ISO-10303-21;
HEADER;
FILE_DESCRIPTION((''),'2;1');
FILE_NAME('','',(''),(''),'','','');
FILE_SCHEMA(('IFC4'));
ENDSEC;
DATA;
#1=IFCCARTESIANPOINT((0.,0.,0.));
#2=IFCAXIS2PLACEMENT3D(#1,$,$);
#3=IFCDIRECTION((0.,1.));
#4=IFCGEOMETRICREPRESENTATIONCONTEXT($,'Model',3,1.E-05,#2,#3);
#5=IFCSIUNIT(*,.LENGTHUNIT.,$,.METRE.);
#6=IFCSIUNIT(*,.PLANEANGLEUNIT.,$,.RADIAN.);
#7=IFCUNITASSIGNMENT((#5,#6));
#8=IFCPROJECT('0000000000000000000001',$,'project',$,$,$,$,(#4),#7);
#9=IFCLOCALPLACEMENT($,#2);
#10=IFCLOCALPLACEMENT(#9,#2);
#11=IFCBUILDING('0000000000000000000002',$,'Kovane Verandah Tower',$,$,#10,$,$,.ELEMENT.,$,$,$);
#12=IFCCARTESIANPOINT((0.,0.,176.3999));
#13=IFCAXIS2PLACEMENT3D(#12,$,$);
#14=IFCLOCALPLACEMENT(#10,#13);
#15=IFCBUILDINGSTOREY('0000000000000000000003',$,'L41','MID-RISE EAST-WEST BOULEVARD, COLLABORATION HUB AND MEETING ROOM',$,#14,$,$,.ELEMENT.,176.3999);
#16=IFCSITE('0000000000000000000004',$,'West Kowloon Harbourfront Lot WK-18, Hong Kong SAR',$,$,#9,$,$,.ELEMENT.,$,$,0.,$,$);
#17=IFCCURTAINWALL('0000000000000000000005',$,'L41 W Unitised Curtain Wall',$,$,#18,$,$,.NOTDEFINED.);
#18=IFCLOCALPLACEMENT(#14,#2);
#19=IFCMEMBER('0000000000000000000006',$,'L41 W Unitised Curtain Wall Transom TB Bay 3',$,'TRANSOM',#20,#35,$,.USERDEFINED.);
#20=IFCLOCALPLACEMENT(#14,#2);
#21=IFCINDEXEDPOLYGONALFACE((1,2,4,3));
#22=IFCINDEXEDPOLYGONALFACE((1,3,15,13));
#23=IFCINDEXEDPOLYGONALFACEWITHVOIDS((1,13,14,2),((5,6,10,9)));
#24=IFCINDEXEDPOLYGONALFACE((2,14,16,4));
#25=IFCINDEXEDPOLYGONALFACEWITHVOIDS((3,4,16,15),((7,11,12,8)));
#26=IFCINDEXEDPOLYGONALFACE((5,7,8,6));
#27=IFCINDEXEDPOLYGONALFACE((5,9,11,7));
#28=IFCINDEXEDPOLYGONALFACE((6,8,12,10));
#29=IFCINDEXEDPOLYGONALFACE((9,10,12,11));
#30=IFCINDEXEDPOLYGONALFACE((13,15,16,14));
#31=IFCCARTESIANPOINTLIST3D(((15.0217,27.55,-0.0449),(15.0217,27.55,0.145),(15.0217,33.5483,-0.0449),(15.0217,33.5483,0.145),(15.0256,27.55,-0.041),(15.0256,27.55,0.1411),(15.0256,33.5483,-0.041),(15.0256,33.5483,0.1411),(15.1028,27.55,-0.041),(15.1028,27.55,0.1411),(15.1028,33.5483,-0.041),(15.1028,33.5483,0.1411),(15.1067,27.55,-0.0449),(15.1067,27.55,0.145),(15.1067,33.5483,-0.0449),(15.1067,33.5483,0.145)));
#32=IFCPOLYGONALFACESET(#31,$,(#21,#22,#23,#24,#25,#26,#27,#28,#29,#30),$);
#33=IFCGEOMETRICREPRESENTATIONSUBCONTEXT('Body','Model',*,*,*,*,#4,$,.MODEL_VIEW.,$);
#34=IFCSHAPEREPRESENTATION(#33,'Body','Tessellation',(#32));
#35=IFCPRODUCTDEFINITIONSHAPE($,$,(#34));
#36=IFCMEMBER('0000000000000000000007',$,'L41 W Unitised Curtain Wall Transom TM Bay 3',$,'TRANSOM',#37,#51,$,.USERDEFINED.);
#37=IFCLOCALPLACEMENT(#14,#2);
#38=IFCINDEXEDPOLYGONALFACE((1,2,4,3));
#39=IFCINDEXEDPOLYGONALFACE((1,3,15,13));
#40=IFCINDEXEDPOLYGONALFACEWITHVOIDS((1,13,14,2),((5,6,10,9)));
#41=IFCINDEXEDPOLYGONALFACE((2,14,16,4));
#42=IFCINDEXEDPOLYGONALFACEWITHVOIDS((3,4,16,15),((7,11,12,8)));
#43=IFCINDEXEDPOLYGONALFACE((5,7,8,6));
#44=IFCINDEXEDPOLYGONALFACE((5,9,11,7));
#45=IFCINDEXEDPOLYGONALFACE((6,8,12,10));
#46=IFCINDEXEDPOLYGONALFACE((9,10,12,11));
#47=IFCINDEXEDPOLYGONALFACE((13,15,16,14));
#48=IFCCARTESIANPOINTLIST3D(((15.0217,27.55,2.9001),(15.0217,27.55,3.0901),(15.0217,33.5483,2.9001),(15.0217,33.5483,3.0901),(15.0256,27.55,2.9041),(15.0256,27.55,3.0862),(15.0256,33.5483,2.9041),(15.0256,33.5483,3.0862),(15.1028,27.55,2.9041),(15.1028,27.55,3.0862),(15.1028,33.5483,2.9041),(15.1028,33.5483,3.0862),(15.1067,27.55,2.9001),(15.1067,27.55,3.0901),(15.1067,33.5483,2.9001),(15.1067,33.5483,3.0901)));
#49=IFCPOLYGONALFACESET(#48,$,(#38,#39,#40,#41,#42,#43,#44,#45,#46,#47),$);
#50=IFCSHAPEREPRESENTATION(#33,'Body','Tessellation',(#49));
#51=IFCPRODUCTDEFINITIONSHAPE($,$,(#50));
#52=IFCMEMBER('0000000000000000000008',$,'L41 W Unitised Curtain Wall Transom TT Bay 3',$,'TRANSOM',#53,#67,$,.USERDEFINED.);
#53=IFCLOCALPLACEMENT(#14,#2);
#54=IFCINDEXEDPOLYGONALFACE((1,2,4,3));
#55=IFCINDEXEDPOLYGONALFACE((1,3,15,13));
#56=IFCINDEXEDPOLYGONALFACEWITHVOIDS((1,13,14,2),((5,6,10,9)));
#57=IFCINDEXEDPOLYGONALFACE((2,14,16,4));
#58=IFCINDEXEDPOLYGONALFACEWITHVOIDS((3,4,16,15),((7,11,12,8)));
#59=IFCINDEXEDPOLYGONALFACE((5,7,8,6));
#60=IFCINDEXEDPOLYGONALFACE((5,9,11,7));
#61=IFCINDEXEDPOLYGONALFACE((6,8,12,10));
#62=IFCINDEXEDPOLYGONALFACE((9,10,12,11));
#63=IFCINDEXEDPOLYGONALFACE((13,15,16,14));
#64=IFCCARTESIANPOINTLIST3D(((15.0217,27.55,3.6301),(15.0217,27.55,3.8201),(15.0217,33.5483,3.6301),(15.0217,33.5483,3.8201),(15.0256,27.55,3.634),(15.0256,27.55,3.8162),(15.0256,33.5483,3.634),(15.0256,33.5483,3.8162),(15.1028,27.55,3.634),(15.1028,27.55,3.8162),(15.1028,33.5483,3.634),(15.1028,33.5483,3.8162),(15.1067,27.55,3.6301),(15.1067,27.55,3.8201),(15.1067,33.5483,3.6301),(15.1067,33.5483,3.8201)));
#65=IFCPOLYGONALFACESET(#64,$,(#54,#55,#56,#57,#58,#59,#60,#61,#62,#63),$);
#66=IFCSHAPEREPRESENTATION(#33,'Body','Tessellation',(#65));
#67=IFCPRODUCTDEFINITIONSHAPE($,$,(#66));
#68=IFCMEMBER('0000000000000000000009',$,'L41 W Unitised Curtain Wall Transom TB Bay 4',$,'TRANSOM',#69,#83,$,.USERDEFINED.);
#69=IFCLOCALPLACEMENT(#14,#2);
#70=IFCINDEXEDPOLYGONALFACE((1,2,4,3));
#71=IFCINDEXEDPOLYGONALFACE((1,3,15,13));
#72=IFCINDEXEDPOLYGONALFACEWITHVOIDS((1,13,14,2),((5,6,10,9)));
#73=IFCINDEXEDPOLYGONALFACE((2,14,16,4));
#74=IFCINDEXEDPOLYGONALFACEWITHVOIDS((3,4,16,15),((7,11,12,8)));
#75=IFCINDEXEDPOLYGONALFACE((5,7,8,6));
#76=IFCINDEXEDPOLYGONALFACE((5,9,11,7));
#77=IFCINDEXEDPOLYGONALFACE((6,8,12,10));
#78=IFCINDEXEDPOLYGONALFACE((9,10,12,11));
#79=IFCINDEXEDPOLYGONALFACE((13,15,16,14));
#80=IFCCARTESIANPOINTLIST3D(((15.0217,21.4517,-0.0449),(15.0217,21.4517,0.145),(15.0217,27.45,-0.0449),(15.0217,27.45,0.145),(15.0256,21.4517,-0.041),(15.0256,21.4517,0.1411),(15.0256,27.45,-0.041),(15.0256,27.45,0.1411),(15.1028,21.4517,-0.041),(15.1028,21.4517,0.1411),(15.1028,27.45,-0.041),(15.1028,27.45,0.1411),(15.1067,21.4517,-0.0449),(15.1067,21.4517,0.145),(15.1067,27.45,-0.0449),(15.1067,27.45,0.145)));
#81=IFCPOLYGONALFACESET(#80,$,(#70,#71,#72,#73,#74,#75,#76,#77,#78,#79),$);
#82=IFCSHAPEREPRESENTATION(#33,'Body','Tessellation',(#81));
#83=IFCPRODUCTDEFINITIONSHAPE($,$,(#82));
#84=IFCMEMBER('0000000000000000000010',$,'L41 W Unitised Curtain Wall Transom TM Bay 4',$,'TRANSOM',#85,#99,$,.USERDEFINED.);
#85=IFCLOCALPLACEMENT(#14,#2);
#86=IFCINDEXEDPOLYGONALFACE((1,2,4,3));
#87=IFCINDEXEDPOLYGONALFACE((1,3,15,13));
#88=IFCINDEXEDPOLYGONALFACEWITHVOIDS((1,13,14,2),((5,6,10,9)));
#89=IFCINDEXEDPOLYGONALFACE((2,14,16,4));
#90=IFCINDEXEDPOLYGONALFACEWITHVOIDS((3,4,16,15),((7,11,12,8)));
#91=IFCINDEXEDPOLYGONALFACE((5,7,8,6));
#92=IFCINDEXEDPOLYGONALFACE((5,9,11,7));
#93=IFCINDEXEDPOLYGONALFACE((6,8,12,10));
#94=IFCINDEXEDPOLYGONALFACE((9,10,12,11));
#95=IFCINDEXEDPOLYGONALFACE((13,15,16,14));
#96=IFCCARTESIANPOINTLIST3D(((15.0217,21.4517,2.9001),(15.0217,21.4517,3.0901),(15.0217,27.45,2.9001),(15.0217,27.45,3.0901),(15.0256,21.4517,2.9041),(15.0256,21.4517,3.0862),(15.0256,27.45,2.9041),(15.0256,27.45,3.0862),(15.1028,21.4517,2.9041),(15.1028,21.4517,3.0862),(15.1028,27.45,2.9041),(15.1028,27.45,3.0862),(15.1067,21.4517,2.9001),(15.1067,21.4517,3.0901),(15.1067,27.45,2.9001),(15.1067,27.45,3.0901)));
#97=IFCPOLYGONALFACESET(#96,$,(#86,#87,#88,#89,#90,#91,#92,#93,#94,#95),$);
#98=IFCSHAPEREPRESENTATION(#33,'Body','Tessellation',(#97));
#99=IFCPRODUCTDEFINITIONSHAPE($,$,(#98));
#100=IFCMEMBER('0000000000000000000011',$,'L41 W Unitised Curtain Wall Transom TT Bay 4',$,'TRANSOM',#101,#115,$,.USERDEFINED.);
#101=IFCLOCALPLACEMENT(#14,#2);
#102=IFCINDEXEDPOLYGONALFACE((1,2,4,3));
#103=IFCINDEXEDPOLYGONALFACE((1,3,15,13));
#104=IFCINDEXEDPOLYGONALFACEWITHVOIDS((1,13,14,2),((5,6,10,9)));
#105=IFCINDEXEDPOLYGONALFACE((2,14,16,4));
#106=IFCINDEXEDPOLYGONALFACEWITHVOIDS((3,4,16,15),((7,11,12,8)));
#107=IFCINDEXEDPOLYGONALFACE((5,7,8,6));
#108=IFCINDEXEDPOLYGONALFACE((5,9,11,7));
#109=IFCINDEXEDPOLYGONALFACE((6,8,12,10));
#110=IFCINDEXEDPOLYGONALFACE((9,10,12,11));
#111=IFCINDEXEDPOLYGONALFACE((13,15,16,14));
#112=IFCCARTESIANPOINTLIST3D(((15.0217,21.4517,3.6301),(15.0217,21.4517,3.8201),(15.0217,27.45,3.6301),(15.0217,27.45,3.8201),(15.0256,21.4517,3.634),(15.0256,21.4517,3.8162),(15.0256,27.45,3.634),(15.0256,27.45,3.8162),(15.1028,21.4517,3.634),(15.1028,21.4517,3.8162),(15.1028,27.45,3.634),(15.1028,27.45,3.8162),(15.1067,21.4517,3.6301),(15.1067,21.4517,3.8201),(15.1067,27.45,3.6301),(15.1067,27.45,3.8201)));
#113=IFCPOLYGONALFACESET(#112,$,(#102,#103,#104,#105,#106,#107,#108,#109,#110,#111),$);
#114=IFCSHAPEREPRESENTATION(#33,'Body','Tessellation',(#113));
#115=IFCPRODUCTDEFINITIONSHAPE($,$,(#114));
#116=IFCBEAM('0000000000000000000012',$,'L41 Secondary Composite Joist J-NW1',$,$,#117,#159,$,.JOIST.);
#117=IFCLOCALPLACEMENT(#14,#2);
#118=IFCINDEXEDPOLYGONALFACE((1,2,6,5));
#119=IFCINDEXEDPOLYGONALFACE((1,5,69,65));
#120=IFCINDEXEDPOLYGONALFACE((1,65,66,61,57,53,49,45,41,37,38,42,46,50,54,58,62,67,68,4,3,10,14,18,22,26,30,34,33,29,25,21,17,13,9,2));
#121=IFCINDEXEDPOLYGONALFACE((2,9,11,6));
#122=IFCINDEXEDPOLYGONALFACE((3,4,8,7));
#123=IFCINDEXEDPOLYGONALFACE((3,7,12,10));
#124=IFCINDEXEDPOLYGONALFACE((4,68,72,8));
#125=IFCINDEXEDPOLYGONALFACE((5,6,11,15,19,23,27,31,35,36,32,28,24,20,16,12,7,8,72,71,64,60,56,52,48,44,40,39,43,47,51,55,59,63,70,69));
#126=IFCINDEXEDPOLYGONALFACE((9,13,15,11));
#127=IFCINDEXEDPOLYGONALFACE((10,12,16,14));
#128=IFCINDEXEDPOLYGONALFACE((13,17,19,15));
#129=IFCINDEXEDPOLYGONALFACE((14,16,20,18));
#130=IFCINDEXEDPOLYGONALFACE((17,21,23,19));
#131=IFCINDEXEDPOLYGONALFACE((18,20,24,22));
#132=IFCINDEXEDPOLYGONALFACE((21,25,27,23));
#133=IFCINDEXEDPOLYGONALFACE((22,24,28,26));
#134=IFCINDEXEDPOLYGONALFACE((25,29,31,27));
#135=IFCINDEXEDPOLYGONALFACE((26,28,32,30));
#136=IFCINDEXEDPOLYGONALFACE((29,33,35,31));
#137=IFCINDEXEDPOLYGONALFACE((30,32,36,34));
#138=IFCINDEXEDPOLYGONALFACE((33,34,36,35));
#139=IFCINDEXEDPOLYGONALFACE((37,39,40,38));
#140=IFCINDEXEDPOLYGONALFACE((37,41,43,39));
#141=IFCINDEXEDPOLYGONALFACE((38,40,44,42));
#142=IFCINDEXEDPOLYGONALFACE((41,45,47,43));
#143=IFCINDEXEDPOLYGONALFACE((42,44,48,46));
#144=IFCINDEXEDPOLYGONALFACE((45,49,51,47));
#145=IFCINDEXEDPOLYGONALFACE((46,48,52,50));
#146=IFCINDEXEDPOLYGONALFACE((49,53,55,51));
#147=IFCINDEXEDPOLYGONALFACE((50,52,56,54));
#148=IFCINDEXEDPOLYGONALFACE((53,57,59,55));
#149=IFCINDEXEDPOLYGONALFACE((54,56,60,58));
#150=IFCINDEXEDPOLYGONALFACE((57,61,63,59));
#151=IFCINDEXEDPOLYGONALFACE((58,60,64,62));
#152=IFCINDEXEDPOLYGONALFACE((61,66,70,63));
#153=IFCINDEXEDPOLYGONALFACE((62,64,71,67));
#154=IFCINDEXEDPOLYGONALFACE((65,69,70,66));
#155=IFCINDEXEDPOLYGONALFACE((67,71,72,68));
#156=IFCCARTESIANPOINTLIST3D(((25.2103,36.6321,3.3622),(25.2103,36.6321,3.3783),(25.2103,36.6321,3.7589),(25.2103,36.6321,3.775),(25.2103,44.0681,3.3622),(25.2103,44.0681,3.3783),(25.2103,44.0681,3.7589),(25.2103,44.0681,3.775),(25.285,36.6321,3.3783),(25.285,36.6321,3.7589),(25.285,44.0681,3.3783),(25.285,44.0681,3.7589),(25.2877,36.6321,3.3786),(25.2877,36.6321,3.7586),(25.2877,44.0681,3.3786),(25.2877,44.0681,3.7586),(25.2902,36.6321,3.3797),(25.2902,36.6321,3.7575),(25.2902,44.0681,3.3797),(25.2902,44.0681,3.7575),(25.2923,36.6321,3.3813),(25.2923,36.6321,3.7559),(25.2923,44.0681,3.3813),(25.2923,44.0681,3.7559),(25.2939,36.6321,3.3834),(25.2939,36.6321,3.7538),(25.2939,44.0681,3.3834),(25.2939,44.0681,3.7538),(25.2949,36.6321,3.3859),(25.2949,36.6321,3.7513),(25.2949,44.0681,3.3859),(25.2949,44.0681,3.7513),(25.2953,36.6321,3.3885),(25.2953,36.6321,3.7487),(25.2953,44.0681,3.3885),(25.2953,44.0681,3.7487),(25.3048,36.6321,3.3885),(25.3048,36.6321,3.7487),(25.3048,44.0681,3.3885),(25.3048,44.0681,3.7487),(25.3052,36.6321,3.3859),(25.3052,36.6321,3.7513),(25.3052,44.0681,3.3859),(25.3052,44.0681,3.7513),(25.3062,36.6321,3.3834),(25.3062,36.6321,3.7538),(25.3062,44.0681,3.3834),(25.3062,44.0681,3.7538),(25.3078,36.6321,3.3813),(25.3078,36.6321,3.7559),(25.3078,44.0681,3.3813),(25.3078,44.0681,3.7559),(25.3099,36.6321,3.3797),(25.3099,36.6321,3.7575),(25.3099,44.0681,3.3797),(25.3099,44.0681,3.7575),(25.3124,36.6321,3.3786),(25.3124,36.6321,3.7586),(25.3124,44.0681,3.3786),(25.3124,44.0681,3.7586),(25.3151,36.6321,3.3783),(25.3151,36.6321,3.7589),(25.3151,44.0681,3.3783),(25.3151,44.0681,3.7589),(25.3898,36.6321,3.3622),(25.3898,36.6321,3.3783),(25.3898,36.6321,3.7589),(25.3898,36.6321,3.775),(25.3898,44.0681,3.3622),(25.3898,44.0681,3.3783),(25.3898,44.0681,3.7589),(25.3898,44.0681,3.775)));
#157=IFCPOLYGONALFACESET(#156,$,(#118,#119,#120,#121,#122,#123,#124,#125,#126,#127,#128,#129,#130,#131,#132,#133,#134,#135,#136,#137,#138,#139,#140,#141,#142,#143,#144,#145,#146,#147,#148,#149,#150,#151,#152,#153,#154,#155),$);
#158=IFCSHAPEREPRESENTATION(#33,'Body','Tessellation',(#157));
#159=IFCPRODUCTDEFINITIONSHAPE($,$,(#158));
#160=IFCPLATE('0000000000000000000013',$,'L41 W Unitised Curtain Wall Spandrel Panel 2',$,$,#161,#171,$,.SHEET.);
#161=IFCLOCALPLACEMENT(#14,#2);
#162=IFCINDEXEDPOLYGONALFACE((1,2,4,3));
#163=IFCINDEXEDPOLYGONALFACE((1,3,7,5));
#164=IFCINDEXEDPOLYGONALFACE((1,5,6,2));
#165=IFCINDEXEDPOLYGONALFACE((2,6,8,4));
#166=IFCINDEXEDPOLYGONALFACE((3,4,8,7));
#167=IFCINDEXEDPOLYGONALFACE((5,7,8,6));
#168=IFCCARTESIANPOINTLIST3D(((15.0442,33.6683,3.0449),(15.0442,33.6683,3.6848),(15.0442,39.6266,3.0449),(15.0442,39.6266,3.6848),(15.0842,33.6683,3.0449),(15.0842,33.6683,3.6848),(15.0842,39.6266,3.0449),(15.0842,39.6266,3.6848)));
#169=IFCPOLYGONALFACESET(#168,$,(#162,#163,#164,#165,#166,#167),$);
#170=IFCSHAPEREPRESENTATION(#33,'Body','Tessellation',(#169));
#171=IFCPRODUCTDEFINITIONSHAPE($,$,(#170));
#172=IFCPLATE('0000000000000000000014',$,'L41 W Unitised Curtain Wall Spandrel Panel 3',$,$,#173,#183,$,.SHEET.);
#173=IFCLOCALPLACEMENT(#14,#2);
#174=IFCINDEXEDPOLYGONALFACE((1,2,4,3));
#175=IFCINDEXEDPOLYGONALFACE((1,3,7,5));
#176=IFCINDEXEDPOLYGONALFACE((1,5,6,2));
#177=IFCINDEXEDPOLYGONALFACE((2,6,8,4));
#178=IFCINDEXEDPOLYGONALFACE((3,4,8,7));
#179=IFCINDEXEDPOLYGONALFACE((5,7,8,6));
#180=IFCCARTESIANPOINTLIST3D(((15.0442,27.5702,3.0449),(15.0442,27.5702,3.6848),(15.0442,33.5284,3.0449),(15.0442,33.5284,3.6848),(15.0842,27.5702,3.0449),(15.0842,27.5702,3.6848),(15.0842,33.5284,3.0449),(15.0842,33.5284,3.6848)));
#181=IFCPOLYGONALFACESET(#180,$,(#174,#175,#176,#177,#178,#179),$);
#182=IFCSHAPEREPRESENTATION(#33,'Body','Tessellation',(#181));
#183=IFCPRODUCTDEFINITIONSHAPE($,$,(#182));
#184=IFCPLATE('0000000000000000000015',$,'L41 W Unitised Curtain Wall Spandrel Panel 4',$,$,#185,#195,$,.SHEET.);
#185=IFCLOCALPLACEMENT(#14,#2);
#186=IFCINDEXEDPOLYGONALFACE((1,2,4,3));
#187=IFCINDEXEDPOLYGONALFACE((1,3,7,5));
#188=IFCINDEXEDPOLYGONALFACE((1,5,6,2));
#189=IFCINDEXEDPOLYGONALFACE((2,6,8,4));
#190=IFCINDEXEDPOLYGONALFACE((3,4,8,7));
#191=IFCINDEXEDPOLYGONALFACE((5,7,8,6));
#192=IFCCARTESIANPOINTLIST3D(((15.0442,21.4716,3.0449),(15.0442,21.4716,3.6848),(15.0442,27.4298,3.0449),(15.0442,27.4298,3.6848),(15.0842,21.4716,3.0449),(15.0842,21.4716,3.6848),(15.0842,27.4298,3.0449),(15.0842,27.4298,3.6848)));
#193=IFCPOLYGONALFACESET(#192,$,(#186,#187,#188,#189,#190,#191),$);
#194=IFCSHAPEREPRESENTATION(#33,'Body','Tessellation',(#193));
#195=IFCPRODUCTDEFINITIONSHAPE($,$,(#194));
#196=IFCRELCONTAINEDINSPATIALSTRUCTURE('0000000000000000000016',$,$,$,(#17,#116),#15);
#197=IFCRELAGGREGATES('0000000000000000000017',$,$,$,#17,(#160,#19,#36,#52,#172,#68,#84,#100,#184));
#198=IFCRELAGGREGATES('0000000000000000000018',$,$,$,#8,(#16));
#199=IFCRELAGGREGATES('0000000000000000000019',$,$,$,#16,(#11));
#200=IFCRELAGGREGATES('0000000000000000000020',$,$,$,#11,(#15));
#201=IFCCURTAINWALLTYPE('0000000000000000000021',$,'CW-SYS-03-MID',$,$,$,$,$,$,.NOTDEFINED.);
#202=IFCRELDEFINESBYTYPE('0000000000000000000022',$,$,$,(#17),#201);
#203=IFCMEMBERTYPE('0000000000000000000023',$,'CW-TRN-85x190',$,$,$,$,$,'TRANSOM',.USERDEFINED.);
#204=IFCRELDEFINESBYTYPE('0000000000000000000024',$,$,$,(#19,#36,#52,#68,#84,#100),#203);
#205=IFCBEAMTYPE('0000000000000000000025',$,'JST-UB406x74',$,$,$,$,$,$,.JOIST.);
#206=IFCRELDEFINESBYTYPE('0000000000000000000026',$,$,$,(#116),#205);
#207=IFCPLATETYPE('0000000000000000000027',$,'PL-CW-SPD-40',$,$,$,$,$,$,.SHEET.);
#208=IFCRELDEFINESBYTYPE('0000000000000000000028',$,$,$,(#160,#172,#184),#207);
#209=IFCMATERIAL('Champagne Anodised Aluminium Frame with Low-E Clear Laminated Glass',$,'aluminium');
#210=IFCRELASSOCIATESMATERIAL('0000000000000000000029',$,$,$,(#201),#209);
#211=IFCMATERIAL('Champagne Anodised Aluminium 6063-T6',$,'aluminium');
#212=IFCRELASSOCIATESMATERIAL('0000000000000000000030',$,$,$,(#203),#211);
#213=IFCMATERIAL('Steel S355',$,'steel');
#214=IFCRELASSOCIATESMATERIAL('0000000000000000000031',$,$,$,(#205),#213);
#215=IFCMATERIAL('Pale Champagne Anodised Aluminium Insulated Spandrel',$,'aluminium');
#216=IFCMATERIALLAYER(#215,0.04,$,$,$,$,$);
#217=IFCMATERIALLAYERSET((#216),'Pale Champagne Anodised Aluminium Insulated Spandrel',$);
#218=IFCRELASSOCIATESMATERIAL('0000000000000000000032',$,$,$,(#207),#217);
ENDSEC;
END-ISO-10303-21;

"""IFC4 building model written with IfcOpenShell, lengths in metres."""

from ifc_helpers import new_model, si_unit, direction, frame, origin, origin_2d, place, context, subcontext, project, spatial, rectangle, hollow_rectangle, i_section, extrude, material, layer, layer_set, material_profile, profile_set, type_object, element, aggregate, save


model = new_model("IFC4")

# Units and contexts
model_context = context("Model", 3, precision=1e-05, world=origin(), true_north=direction((0.0, 1.0)))
body_context = subcontext(model_context, "Body", "Model", "MODEL_VIEW")
ifc_project = project(units=[si_unit("LENGTHUNIT", "METRE"), si_unit("PLANEANGLEUNIT", "RADIAN")], contexts=[model_context])

# Site, building, storey
site_placement = place(None, origin())
site = spatial("IfcSite", under=ifc_project, at=site_placement, Name="West Kowloon Harbourfront Lot WK-18, Hong Kong SAR", CompositionType="ELEMENT", RefElevation=0.0)
building_placement = place(site_placement, origin())
building = spatial("IfcBuilding", under=site, at=building_placement, Name="Kovane Verandah Tower", CompositionType="ELEMENT")
storey_placement = place(building_placement, frame((0.0, 0.0, 176.3999)))
storey = spatial("IfcBuildingStorey", under=building, at=storey_placement, Name="L41", Description="MID-RISE EAST-WEST BOULEVARD, COLLABORATION HUB AND MEETING ROOM", CompositionType="ELEMENT", Elevation=176.3999)

# Shared definitions
ifc_material_1 = material(Name="Steel S355", Category="steel")

# Curtain wall, members
ifc_material_2 = material(Name="Champagne Anodised Aluminium Frame with Low-E Clear Laminated Glass", Category="aluminium")
curtain_wall_type = type_object("IfcCurtainWallType", Name="CW-SYS-03-MID", PredefinedType="NOTDEFINED", material=ifc_material_2)
curtain_wall_placement = place(storey_placement, origin())
curtain_wall = element("IfcCurtainWall", 1, at=curtain_wall_placement, inside=storey, type_object=curtain_wall_type, Name="L41 W Unitised Curtain Wall", PredefinedType="NOTDEFINED")
ifc_material_3 = material(Name="Champagne Anodised Aluminium 6063-T6", Category="aluminium")
ifc_material_profile_1 = material_profile(ifc_material_3, hollow_rectangle(XDim=0.085, YDim=0.1899, WallThickness=0.0039, at=origin_2d()), Name="AL85x190x4")
ifc_profile_set_1 = profile_set([ifc_material_profile_1], Name="Champagne Anodised Aluminium 6063-T6")
member_type_1 = type_object("IfcMemberType", Name="CW-TRN-85x190", ElementType="TRANSOM", PredefinedType="USERDEFINED", material=ifc_profile_set_1)
member_1_placement = place(storey_placement, frame((15.0642, 33.5483, 0.05), z_axis=(0.0, -1.0, 0.0), x_axis=(1.0, 0.0, 0.0)))
member_1 = element("IfcMember", 2, at=member_1_placement, type_object=member_type_1, Name="L41 W Unitised Curtain Wall Transom TB Bay 3", ObjectType="TRANSOM", PredefinedType="USERDEFINED", context=body_context, shape_type="SweptSolid", body=[
    extrude(hollow_rectangle(XDim=0.085, YDim=0.1899, WallThickness=0.0039, at=origin_2d()), origin(), (0.0, 0.0, 1.0), 5.9983),
])
member_2_placement = place(storey_placement, frame((15.0642, 33.5483, 2.9951), z_axis=(0.0, -1.0, 0.0), x_axis=(1.0, 0.0, 0.0)))
member_2 = element("IfcMember", 3, at=member_2_placement, type_object=member_type_1, Name="L41 W Unitised Curtain Wall Transom TM Bay 3", ObjectType="TRANSOM", PredefinedType="USERDEFINED", context=body_context, shape_type="SweptSolid", body=[
    extrude(hollow_rectangle(XDim=0.085, YDim=0.1899, WallThickness=0.0039, at=origin_2d()), origin(), (0.0, 0.0, 1.0), 5.9983),
])
member_3_placement = place(storey_placement, frame((15.0642, 33.5483, 3.7251), z_axis=(0.0, -1.0, 0.0), x_axis=(1.0, 0.0, 0.0)))
member_3 = element("IfcMember", 4, at=member_3_placement, type_object=member_type_1, Name="L41 W Unitised Curtain Wall Transom TT Bay 3", ObjectType="TRANSOM", PredefinedType="USERDEFINED", context=body_context, shape_type="SweptSolid", body=[
    extrude(hollow_rectangle(XDim=0.085, YDim=0.1899, WallThickness=0.0039, at=origin_2d()), origin(), (0.0, 0.0, 1.0), 5.9983),
])
member_4_placement = place(storey_placement, frame((15.0642, 27.45, 0.05), z_axis=(0.0, -1.0, 0.0), x_axis=(1.0, 0.0, 0.0)))
member_4 = element("IfcMember", 5, at=member_4_placement, type_object=member_type_1, Name="L41 W Unitised Curtain Wall Transom TB Bay 4", ObjectType="TRANSOM", PredefinedType="USERDEFINED", context=body_context, shape_type="SweptSolid", body=[
    extrude(hollow_rectangle(XDim=0.085, YDim=0.1899, WallThickness=0.0039, at=origin_2d()), origin(), (0.0, 0.0, 1.0), 5.9983),
])
member_5_placement = place(storey_placement, frame((15.0642, 27.45, 2.9951), z_axis=(0.0, -1.0, 0.0), x_axis=(1.0, 0.0, 0.0)))
member_5 = element("IfcMember", 6, at=member_5_placement, type_object=member_type_1, Name="L41 W Unitised Curtain Wall Transom TM Bay 4", ObjectType="TRANSOM", PredefinedType="USERDEFINED", context=body_context, shape_type="SweptSolid", body=[
    extrude(hollow_rectangle(XDim=0.085, YDim=0.1899, WallThickness=0.0039, at=origin_2d()), origin(), (0.0, 0.0, 1.0), 5.9983),
])
member_6_placement = place(storey_placement, frame((15.0642, 27.45, 3.7251), z_axis=(0.0, -1.0, 0.0), x_axis=(1.0, 0.0, 0.0)))
member_6 = element("IfcMember", 7, at=member_6_placement, type_object=member_type_1, Name="L41 W Unitised Curtain Wall Transom TT Bay 4", ObjectType="TRANSOM", PredefinedType="USERDEFINED", context=body_context, shape_type="SweptSolid", body=[
    extrude(hollow_rectangle(XDim=0.085, YDim=0.1899, WallThickness=0.0039, at=origin_2d()), origin(), (0.0, 0.0, 1.0), 5.9983),
])

# Beam
ifc_material_profile_2 = material_profile(ifc_material_1, i_section(OverallWidth=0.1794, OverallDepth=0.4128, WebThickness=0.0095, FlangeThickness=0.0161, FilletRadius=0.0103, at=origin_2d()), Name="UB406x178x74")
ifc_profile_set_2 = profile_set([ifc_material_profile_2], Name="Steel S355")
beam_type_1 = type_object("IfcBeamType", Name="JST-UB406x74", PredefinedType="JOIST", material=ifc_profile_set_2)
beam_placement = place(storey_placement, frame((25.3, 36.6321, 3.5686), z_axis=(0.0, 1.0, 0.0), x_axis=(-1.0, 0.0, 0.0)))
element("IfcBeam", 8, at=beam_placement, inside=storey, type_object=beam_type_1, Name="L41 Secondary Composite Joist J-NW1", PredefinedType="JOIST", context=body_context, shape_type="SweptSolid", body=[
    extrude(i_section(OverallWidth=0.1794, OverallDepth=0.4128, WebThickness=0.0095, FlangeThickness=0.0161, FilletRadius=0.0103, at=origin_2d()), origin(), (0.0, 0.0, 1.0), 7.436),
])

# Plates
ifc_material_4 = material(Name="Pale Champagne Anodised Aluminium Insulated Spandrel", Category="aluminium")
ifc_layer_1 = layer(ifc_material_4, 0.04)
ifc_layer_set_1 = layer_set([ifc_layer_1], Name="Pale Champagne Anodised Aluminium Insulated Spandrel")
plate_type_1 = type_object("IfcPlateType", Name="PL-CW-SPD-40", PredefinedType="SHEET", material=ifc_layer_set_1)
plate_1_placement = place(storey_placement, frame((15.0642, 36.6475, 3.0449), z_axis=(0.0, 0.0, 1.0), x_axis=(0.0, -1.0, 0.0)))
plate_1 = element("IfcPlate", 9, at=plate_1_placement, type_object=plate_type_1, Name="L41 W Unitised Curtain Wall Spandrel Panel 2", PredefinedType="SHEET", context=body_context, shape_type="SweptSolid", body=[
    extrude(rectangle(XDim=5.9583, YDim=0.04, at=origin_2d()), origin(), (0.0, 0.0, 1.0), 0.6399),
])
plate_2_placement = place(storey_placement, frame((15.0642, 30.5493, 3.0449), z_axis=(0.0, 0.0, 1.0), x_axis=(0.0, -1.0, 0.0)))
plate_2 = element("IfcPlate", 10, at=plate_2_placement, type_object=plate_type_1, Name="L41 W Unitised Curtain Wall Spandrel Panel 3", PredefinedType="SHEET", context=body_context, shape_type="SweptSolid", body=[
    extrude(rectangle(XDim=5.9583, YDim=0.04, at=origin_2d()), origin(), (0.0, 0.0, 1.0), 0.6399),
])
plate_3_placement = place(storey_placement, frame((15.0642, 24.4507, 3.0449), z_axis=(0.0, 0.0, 1.0), x_axis=(0.0, -1.0, 0.0)))
plate_3 = element("IfcPlate", 11, at=plate_3_placement, type_object=plate_type_1, Name="L41 W Unitised Curtain Wall Spandrel Panel 4", PredefinedType="SHEET", context=body_context, shape_type="SweptSolid", body=[
    extrude(rectangle(XDim=5.9583, YDim=0.04, at=origin_2d()), origin(), (0.0, 0.0, 1.0), 0.6399),
])
aggregate(curtain_wall, [plate_1, member_1, member_2, member_3, plate_2, member_4, member_5, member_6, plate_3])

save(model, "model.ifc")
